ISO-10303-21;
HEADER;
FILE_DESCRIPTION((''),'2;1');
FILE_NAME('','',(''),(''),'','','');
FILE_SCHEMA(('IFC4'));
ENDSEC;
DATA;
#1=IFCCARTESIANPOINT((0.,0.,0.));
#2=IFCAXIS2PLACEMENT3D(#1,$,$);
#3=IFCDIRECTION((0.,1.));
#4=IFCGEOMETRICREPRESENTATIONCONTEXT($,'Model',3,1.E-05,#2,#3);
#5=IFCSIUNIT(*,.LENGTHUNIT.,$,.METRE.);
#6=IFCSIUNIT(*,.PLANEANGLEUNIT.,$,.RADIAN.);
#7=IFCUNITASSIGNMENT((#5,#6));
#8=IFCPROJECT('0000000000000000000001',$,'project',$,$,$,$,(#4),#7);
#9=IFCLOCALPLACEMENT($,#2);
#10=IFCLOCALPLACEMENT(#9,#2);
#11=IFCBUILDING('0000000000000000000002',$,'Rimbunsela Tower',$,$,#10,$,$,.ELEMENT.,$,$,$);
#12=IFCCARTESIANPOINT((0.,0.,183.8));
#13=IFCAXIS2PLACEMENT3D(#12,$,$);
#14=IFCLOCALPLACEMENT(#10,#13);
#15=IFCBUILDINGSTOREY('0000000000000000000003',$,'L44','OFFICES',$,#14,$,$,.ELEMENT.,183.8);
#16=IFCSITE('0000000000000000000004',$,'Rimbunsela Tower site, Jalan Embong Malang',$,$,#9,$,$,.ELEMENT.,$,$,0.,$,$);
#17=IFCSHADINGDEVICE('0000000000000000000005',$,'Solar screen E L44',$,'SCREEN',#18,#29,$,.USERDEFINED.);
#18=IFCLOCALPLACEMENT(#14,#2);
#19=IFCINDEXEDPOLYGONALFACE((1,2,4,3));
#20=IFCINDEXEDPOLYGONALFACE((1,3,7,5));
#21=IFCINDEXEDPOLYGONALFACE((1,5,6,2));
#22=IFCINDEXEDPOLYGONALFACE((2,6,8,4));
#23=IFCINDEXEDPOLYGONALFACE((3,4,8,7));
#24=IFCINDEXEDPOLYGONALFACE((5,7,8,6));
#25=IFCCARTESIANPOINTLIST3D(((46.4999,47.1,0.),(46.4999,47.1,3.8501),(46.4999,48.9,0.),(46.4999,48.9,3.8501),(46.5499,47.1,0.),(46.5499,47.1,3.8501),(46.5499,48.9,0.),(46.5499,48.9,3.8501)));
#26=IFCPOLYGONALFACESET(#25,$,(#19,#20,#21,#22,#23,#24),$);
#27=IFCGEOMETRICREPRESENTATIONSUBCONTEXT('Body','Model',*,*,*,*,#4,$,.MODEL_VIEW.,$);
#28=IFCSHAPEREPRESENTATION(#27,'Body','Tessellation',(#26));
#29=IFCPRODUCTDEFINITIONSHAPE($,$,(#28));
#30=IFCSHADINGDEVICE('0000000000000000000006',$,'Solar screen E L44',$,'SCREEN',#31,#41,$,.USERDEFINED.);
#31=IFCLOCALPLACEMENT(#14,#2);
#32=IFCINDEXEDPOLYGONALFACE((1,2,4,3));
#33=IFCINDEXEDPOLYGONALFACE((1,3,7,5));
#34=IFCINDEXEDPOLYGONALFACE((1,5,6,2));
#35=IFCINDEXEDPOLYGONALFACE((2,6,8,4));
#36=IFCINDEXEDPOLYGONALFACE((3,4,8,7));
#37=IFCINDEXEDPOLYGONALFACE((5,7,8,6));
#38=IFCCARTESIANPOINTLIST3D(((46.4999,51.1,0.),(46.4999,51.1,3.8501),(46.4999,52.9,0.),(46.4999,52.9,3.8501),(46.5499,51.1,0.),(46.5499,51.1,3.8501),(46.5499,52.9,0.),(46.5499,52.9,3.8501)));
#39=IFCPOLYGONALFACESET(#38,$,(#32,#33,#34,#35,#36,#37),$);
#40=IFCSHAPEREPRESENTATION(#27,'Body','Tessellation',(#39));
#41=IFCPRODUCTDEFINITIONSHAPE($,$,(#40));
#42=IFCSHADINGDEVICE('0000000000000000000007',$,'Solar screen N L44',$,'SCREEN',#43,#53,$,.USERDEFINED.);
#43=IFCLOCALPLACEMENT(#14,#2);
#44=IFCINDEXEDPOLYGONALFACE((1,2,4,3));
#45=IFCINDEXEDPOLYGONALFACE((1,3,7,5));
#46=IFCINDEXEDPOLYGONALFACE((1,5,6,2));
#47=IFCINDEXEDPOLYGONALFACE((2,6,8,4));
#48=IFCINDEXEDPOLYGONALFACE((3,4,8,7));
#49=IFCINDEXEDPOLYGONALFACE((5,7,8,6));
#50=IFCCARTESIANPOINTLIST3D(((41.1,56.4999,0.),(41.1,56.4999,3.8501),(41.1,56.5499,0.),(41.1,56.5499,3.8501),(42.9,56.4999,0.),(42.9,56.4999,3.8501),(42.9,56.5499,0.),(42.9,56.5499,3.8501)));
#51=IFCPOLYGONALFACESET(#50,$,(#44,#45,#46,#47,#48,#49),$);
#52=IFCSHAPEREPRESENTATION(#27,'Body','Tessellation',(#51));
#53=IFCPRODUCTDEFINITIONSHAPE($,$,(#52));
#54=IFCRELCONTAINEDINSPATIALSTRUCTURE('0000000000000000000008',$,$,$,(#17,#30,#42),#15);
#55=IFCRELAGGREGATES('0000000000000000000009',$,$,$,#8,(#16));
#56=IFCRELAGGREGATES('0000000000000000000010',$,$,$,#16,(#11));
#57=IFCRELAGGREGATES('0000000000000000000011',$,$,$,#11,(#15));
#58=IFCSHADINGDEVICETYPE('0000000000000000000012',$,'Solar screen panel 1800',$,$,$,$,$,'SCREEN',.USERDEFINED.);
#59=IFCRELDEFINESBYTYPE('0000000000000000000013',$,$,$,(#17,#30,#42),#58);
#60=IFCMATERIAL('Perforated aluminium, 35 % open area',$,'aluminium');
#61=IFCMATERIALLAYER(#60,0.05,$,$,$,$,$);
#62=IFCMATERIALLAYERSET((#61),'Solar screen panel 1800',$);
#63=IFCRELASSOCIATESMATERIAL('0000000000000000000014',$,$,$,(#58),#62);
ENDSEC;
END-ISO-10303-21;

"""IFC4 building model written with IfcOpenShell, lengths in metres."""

from ifc_helpers import new_model, si_unit, direction, frame, origin, origin_2d, place, context, subcontext, project, spatial, rectangle, extrude, material, layer, layer_set, type_object, element, save


model = new_model("IFC4")

# Units and contexts
model_context = context("Model", 3, precision=1e-05, world=origin(), true_north=direction((0.0, 1.0)))
body_context = subcontext(model_context, "Body", "Model", "MODEL_VIEW")
ifc_project = project(units=[si_unit("LENGTHUNIT", "METRE"), si_unit("PLANEANGLEUNIT", "RADIAN")], contexts=[model_context])

# Site, building, storey
site_placement = place(None, origin())
site = spatial("IfcSite", under=ifc_project, at=site_placement, Name="Rimbunsela Tower site, Jalan Embong Malang", CompositionType="ELEMENT", RefElevation=0.0)
building_placement = place(site_placement, origin())
building = spatial("IfcBuilding", under=site, at=building_placement, Name="Rimbunsela Tower", CompositionType="ELEMENT")
storey_placement = place(building_placement, frame((0.0, 0.0, 183.8)))
storey = spatial("IfcBuildingStorey", under=building, at=storey_placement, Name="L44", Description="OFFICES", CompositionType="ELEMENT", Elevation=183.8)

# Shading devices
ifc_material_1 = material(Name="Perforated aluminium, 35 % open area", Category="aluminium")
ifc_layer_1 = layer(ifc_material_1, 0.05)
ifc_layer_set_1 = layer_set([ifc_layer_1], Name="Solar screen panel 1800")
shading_device_type = type_object("IfcShadingDeviceType", Name="Solar screen panel 1800", ElementType="SCREEN", PredefinedType="USERDEFINED", material=ifc_layer_set_1)
for number, where, z_axis, x_axis, name in (
    (1, (46.5249, 48.0, 0.0), (0.0, 0.0, 1.0), (0.0, 1.0, 0.0), "Solar screen E L44"),
    (2, (46.5249, 52.0, 0.0), (0.0, 0.0, 1.0), (0.0, 1.0, 0.0), "Solar screen E L44"),
    (3, (42.0, 56.5249, 0.0), (0.0, 0.0, 1.0), (1.0, 0.0, 0.0), "Solar screen N L44"),
):
    element("IfcShadingDevice", number, at=place(storey_placement, frame(where, z_axis=z_axis, x_axis=x_axis)), inside=storey, type_object=shading_device_type, Name=name, ObjectType="SCREEN", PredefinedType="USERDEFINED", context=body_context, shape_type="SweptSolid", body=[
        extrude(rectangle(XDim=1.8, YDim=0.05, at=origin_2d()), origin(), (0.0, 0.0, 1.0), 3.8501),
    ])

save(model, "model.ifc")
